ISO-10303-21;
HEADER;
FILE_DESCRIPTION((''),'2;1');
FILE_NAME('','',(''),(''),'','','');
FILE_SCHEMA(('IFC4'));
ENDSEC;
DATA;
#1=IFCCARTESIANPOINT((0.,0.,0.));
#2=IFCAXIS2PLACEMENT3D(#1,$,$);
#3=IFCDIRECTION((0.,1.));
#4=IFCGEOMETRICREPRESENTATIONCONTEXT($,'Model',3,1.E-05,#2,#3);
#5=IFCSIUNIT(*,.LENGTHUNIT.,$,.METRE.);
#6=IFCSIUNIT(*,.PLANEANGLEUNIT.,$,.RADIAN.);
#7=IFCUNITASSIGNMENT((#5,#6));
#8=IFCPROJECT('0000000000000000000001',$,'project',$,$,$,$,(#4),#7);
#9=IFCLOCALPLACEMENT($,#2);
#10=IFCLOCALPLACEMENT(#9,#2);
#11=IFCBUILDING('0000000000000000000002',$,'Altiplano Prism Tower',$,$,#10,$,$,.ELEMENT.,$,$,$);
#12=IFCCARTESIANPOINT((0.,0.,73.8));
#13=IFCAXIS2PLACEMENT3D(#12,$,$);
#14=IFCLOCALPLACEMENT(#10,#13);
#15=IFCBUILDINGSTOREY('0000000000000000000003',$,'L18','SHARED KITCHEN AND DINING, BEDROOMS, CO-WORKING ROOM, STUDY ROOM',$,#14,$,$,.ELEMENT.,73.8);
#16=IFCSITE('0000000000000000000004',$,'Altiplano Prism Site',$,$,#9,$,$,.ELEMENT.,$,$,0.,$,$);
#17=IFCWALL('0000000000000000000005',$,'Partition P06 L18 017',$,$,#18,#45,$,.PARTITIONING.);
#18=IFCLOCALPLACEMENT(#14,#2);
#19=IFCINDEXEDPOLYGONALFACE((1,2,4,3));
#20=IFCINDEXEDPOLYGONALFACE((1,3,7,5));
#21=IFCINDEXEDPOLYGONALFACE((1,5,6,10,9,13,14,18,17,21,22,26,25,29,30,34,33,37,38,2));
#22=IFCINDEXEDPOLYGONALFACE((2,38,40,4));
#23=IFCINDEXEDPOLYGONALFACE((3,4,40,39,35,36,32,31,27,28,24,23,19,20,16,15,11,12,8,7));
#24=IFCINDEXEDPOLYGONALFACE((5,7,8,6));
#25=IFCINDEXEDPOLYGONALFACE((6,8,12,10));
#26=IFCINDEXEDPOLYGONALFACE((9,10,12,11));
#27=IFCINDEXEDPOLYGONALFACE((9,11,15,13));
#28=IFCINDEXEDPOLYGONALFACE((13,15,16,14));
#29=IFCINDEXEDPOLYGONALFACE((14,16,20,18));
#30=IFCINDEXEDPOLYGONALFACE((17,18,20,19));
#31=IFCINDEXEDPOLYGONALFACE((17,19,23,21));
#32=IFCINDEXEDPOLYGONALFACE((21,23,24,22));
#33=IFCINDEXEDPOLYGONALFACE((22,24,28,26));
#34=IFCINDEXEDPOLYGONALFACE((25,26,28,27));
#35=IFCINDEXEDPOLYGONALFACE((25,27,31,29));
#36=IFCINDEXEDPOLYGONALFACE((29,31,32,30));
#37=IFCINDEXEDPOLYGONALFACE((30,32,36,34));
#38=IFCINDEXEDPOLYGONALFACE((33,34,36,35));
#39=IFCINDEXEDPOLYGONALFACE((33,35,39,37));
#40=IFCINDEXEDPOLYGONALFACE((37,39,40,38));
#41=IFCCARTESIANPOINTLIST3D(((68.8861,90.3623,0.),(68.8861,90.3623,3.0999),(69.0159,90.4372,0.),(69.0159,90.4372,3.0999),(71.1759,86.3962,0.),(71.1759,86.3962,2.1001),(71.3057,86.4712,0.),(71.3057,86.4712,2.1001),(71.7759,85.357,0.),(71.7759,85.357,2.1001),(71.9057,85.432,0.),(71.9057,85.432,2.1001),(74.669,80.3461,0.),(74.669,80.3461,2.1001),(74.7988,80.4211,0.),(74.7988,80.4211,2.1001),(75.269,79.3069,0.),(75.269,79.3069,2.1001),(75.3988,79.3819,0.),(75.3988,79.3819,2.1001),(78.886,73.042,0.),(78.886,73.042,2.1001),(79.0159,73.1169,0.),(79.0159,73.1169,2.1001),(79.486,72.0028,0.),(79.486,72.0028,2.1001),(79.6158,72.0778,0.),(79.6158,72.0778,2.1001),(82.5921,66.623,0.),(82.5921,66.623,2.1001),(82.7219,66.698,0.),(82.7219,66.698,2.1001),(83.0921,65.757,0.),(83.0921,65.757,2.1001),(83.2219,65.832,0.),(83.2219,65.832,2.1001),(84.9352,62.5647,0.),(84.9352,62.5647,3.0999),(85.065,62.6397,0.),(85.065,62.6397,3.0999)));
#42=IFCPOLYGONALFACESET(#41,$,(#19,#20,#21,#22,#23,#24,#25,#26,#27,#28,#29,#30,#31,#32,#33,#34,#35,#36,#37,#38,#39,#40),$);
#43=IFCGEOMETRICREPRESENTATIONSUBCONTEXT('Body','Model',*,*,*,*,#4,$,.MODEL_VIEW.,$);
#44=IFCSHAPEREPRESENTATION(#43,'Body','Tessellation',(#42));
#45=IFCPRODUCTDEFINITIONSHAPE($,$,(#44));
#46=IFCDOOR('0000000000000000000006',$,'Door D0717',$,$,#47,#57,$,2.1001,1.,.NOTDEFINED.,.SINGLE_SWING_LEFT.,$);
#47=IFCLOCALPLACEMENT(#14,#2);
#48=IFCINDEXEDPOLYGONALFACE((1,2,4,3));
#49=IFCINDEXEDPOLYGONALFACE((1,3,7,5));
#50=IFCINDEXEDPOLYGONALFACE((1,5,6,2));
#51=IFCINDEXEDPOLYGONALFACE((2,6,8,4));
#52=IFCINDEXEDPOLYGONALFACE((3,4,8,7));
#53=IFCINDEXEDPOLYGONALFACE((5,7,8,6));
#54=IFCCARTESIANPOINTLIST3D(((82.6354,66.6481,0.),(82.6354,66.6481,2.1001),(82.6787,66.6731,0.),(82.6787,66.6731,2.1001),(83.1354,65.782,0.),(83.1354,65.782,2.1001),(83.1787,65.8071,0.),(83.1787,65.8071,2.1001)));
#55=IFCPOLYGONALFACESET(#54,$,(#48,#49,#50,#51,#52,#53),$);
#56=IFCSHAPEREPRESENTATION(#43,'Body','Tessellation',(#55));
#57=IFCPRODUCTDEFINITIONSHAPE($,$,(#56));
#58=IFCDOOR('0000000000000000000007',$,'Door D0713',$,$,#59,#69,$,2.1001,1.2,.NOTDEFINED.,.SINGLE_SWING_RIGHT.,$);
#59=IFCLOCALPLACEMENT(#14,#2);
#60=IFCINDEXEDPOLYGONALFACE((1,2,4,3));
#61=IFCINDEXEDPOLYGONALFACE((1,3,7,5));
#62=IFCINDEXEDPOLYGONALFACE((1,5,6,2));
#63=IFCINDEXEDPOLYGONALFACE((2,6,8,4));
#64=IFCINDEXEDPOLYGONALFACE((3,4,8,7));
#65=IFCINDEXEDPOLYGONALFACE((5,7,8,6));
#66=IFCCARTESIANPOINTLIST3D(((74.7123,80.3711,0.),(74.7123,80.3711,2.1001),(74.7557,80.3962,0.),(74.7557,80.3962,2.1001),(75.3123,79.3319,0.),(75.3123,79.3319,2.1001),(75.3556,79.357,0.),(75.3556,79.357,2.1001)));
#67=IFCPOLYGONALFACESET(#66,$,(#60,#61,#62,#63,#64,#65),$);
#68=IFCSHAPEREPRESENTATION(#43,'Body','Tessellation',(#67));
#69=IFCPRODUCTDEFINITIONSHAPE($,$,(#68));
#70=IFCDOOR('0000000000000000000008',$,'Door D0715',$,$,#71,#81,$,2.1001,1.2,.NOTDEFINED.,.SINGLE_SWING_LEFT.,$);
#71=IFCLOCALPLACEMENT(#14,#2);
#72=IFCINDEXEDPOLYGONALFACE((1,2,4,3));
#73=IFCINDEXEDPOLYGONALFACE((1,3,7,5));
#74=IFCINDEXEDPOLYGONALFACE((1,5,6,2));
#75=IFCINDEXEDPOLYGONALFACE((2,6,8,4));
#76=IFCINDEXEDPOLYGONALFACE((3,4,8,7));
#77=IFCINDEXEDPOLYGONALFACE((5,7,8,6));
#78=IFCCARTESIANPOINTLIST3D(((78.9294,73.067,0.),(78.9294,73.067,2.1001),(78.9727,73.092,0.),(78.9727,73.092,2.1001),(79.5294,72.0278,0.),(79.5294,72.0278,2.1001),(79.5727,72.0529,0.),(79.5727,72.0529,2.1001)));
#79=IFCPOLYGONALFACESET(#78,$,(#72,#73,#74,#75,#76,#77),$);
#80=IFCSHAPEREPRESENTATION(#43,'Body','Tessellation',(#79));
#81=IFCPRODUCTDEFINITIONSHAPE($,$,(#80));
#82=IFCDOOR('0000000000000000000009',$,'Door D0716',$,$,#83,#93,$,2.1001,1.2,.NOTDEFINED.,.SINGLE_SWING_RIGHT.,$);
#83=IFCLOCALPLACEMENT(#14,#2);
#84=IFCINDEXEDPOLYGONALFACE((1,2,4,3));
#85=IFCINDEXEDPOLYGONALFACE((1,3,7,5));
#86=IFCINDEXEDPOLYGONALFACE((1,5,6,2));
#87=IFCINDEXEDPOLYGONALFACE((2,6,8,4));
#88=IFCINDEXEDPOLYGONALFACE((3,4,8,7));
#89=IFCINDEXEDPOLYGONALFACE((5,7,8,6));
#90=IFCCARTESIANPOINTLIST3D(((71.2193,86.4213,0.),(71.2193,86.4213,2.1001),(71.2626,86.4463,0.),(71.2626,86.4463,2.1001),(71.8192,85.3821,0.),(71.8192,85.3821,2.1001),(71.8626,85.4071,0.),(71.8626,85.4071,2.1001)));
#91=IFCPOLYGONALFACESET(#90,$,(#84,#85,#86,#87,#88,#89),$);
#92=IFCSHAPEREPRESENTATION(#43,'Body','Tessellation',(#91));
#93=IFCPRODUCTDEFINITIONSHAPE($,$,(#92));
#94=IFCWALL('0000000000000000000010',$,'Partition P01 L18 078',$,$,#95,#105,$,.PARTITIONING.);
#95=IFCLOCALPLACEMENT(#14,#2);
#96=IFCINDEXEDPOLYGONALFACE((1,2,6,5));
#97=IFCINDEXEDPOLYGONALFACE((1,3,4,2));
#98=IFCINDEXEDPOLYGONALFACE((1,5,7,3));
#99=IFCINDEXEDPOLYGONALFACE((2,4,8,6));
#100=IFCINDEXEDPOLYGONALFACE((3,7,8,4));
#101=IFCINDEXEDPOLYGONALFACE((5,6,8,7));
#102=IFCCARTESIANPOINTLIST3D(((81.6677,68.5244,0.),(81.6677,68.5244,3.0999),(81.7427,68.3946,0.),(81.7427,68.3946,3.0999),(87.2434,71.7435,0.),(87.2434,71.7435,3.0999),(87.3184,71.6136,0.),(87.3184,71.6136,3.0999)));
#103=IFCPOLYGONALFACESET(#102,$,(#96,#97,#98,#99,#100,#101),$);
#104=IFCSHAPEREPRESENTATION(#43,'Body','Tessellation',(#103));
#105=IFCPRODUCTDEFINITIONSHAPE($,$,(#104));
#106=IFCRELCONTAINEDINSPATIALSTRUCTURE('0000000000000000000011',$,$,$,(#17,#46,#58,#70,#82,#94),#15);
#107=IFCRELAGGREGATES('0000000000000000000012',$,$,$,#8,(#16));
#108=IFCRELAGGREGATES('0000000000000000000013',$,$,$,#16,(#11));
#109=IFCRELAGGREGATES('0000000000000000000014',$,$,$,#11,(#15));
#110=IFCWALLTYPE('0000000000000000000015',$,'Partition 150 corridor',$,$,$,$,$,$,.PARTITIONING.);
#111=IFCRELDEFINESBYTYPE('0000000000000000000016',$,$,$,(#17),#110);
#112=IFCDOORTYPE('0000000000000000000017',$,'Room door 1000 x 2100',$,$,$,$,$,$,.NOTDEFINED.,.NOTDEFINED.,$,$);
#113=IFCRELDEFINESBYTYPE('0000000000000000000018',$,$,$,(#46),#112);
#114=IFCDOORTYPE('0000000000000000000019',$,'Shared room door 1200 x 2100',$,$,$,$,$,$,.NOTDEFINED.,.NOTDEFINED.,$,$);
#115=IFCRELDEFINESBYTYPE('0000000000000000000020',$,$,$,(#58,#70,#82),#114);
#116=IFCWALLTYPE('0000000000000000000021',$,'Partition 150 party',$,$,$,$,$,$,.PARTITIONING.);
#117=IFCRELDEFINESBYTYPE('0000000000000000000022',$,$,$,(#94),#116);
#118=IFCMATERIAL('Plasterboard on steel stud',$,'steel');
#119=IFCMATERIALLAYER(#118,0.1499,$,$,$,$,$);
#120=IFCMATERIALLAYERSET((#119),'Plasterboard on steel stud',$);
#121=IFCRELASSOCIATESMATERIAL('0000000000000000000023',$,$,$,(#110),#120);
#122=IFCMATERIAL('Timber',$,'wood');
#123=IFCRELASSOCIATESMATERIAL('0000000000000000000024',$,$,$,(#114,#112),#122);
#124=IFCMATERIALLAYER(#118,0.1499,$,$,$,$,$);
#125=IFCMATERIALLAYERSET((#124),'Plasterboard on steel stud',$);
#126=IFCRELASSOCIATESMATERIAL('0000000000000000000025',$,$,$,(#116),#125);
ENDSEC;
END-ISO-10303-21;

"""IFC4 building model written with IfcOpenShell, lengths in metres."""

from ifc_helpers import new_model, si_unit, direction, frame, frame_2d, origin, place, context, subcontext, project, spatial, rectangle, extrude, material, layer, layer_set, type_object, element, fill, save


model = new_model("IFC4")

# Units and contexts
model_context = context("Model", 3, precision=1e-05, world=origin(), true_north=direction((0.0, 1.0)))
body_context = subcontext(model_context, "Body", "Model", "MODEL_VIEW")
ifc_project = project(units=[si_unit("LENGTHUNIT", "METRE"), si_unit("PLANEANGLEUNIT", "RADIAN")], contexts=[model_context])

# Site, building, storey
site_placement = place(None, origin())
site = spatial("IfcSite", under=ifc_project, at=site_placement, Name="Altiplano Prism Site", CompositionType="ELEMENT", RefElevation=0.0)
building_placement = place(site_placement, origin())
building = spatial("IfcBuilding", under=site, at=building_placement, Name="Altiplano Prism Tower", CompositionType="ELEMENT")
storey_placement = place(building_placement, frame((0.0, 0.0, 73.8)))
storey = spatial("IfcBuildingStorey", under=building, at=storey_placement, Name="L18", Description="SHARED KITCHEN AND DINING, BEDROOMS, CO-WORKING ROOM, STUDY ROOM", CompositionType="ELEMENT", Elevation=73.8)

# Shared definitions
ifc_material_1 = material(Name="Plasterboard on steel stud", Category="steel")
ifc_layer_1 = layer(ifc_material_1, 0.1499)
ifc_layer_set_1 = layer_set([ifc_layer_1], Name="Plasterboard on steel stud")
wall_type_1 = type_object("IfcWallType", Name="Partition 150 corridor", PredefinedType="PARTITIONING", material=ifc_layer_set_1)

# Wall, openings, doors
ifc_material_2 = material(Name="Timber", Category="wood")
door_type_1 = type_object("IfcDoorType", Name="Shared room door 1200 x 2100", OperationType="NOTDEFINED", PredefinedType="NOTDEFINED", material=ifc_material_2)
wall_1_placement = place(storey_placement, frame((85.0, 62.6023, 0.0), z_axis=(0.0, 0.0, 1.0), x_axis=(-0.500003, 0.866024, 0.0)))
wall_1 = element("IfcWall", 1, at=wall_1_placement, inside=storey, type_object=wall_type_1, Name="Partition P06 L18 017", PredefinedType="PARTITIONING", context=body_context, shape_type="SweptSolid", body=[
    extrude(rectangle(XDim=32.0979, YDim=0.1499, at=frame_2d((16.0488, 0.0))), origin(), (0.0, 0.0, 1.0), 3.0999),
])
opening_1_placement = place(wall_1_placement, frame((19.332, 0.0, 0.0)))
opening_1 = element("IfcOpeningElement", 2, at=opening_1_placement, cuts=wall_1, PredefinedType="OPENING", context=body_context, shape_type="SweptSolid", body=[
    extrude(rectangle(XDim=1.2, YDim=2.1001, at=frame_2d((0.6001, 1.05))), frame((0.0, 0.0854, 0.0), z_axis=(0.0, -1.0, 0.0), x_axis=(1.0, 0.0, 0.0)), (0.0, 0.0, 1.0), 0.1709),
])
opening_2_placement = place(wall_1_placement, frame((10.8979, 0.0, 0.0)))
opening_2 = element("IfcOpeningElement", 3, at=opening_2_placement, cuts=wall_1, PredefinedType="OPENING", context=body_context, shape_type="SweptSolid", body=[
    extrude(rectangle(XDim=1.2, YDim=2.1001, at=frame_2d((0.6001, 1.05))), frame((0.0, 0.0854, 0.0), z_axis=(0.0, -1.0, 0.0), x_axis=(1.0, 0.0, 0.0)), (0.0, 0.0, 1.0), 0.1709),
])
opening_3_placement = place(wall_1_placement, frame((26.3181, 0.0, 0.0)))
opening_3 = element("IfcOpeningElement", 4, at=opening_3_placement, cuts=wall_1, PredefinedType="OPENING", context=body_context, shape_type="SweptSolid", body=[
    extrude(rectangle(XDim=1.2, YDim=2.1001, at=frame_2d((0.6001, 1.05))), frame((0.0, 0.0854, 0.0), z_axis=(0.0, -1.0, 0.0), x_axis=(1.0, 0.0, 0.0)), (0.0, 0.0, 1.0), 0.1709),
])
opening_4_placement = place(wall_1_placement, frame((3.686, 0.0, 0.0)))
opening_4 = element("IfcOpeningElement", 5, at=opening_4_placement, cuts=wall_1, PredefinedType="OPENING", context=body_context, shape_type="SweptSolid", body=[
    extrude(rectangle(XDim=1.0, YDim=2.1001, at=frame_2d((0.5, 1.05))), frame((0.0, 0.0854, 0.0), z_axis=(0.0, -1.0, 0.0), x_axis=(1.0, 0.0, 0.0)), (0.0, 0.0, 1.0), 0.1709),
])
door_type_2 = type_object("IfcDoorType", Name="Room door 1000 x 2100", OperationType="NOTDEFINED", PredefinedType="NOTDEFINED", material=ifc_material_2)
door_1_placement = place(opening_4_placement, origin())
door_1 = element("IfcDoor", 6, at=door_1_placement, inside=storey, type_object=door_type_2, Name="Door D0717", OperationType="SINGLE_SWING_LEFT", OverallHeight=2.1001, OverallWidth=1.0, PredefinedType="NOTDEFINED", context=body_context, shape_type="SweptSolid", body=[
    extrude(rectangle(XDim=1.0, YDim=2.1001, at=frame_2d((0.5, 1.05))), frame((0.0, 0.0249, 0.0), z_axis=(0.0, -1.0, 0.0), x_axis=(1.0, 0.0, 0.0)), (0.0, 0.0, 1.0), 0.05),
])
fill(opening_4, door_1)
door_2_placement = place(opening_1_placement, origin())
door_2 = element("IfcDoor", 7, at=door_2_placement, inside=storey, type_object=door_type_1, Name="Door D0713", OperationType="SINGLE_SWING_RIGHT", OverallHeight=2.1001, OverallWidth=1.2, PredefinedType="NOTDEFINED", context=body_context, shape_type="SweptSolid", body=[
    extrude(rectangle(XDim=1.2, YDim=2.1001, at=frame_2d((0.6001, 1.05))), frame((0.0, 0.0249, 0.0), z_axis=(0.0, -1.0, 0.0), x_axis=(1.0, 0.0, 0.0)), (0.0, 0.0, 1.0), 0.05),
])
fill(opening_1, door_2)
door_3_placement = place(opening_2_placement, origin())
door_3 = element("IfcDoor", 8, at=door_3_placement, inside=storey, type_object=door_type_1, Name="Door D0715", OperationType="SINGLE_SWING_LEFT", OverallHeight=2.1001, OverallWidth=1.2, PredefinedType="NOTDEFINED", context=body_context, shape_type="SweptSolid", body=[
    extrude(rectangle(XDim=1.2, YDim=2.1001, at=frame_2d((0.6001, 1.05))), frame((0.0, 0.0249, 0.0), z_axis=(0.0, -1.0, 0.0), x_axis=(1.0, 0.0, 0.0)), (0.0, 0.0, 1.0), 0.05),
])
fill(opening_2, door_3)
door_4_placement = place(opening_3_placement, origin())
door_4 = element("IfcDoor", 9, at=door_4_placement, inside=storey, type_object=door_type_1, Name="Door D0716", OperationType="SINGLE_SWING_RIGHT", OverallHeight=2.1001, OverallWidth=1.2, PredefinedType="NOTDEFINED", context=body_context, shape_type="SweptSolid", body=[
    extrude(rectangle(XDim=1.2, YDim=2.1001, at=frame_2d((0.6001, 1.05))), frame((0.0, 0.0249, 0.0), z_axis=(0.0, -1.0, 0.0), x_axis=(1.0, 0.0, 0.0)), (0.0, 0.0, 1.0), 0.05),
])
fill(opening_3, door_4)

# Wall
ifc_layer_2 = layer(ifc_material_1, 0.1499)
ifc_layer_set_2 = layer_set([ifc_layer_2], Name="Plasterboard on steel stud")
wall_type_2 = type_object("IfcWallType", Name="Partition 150 party", PredefinedType="PARTITIONING", material=ifc_layer_set_2)
wall_2_placement = place(storey_placement, frame((81.7051, 68.4595, 0.0), z_axis=(0.0, 0.0, 1.0), x_axis=(0.866034, 0.499985, 0.0)))
element("IfcWall", 10, at=wall_2_placement, inside=storey, type_object=wall_type_2, Name="Partition P01 L18 078", PredefinedType="PARTITIONING", context=body_context, shape_type="SweptSolid", body=[
    extrude(rectangle(XDim=6.4382, YDim=0.1499, at=frame_2d((3.2192, 0.0))), origin(), (0.0, 0.0, 1.0), 3.0999),
])

save(model, "model.ifc")
